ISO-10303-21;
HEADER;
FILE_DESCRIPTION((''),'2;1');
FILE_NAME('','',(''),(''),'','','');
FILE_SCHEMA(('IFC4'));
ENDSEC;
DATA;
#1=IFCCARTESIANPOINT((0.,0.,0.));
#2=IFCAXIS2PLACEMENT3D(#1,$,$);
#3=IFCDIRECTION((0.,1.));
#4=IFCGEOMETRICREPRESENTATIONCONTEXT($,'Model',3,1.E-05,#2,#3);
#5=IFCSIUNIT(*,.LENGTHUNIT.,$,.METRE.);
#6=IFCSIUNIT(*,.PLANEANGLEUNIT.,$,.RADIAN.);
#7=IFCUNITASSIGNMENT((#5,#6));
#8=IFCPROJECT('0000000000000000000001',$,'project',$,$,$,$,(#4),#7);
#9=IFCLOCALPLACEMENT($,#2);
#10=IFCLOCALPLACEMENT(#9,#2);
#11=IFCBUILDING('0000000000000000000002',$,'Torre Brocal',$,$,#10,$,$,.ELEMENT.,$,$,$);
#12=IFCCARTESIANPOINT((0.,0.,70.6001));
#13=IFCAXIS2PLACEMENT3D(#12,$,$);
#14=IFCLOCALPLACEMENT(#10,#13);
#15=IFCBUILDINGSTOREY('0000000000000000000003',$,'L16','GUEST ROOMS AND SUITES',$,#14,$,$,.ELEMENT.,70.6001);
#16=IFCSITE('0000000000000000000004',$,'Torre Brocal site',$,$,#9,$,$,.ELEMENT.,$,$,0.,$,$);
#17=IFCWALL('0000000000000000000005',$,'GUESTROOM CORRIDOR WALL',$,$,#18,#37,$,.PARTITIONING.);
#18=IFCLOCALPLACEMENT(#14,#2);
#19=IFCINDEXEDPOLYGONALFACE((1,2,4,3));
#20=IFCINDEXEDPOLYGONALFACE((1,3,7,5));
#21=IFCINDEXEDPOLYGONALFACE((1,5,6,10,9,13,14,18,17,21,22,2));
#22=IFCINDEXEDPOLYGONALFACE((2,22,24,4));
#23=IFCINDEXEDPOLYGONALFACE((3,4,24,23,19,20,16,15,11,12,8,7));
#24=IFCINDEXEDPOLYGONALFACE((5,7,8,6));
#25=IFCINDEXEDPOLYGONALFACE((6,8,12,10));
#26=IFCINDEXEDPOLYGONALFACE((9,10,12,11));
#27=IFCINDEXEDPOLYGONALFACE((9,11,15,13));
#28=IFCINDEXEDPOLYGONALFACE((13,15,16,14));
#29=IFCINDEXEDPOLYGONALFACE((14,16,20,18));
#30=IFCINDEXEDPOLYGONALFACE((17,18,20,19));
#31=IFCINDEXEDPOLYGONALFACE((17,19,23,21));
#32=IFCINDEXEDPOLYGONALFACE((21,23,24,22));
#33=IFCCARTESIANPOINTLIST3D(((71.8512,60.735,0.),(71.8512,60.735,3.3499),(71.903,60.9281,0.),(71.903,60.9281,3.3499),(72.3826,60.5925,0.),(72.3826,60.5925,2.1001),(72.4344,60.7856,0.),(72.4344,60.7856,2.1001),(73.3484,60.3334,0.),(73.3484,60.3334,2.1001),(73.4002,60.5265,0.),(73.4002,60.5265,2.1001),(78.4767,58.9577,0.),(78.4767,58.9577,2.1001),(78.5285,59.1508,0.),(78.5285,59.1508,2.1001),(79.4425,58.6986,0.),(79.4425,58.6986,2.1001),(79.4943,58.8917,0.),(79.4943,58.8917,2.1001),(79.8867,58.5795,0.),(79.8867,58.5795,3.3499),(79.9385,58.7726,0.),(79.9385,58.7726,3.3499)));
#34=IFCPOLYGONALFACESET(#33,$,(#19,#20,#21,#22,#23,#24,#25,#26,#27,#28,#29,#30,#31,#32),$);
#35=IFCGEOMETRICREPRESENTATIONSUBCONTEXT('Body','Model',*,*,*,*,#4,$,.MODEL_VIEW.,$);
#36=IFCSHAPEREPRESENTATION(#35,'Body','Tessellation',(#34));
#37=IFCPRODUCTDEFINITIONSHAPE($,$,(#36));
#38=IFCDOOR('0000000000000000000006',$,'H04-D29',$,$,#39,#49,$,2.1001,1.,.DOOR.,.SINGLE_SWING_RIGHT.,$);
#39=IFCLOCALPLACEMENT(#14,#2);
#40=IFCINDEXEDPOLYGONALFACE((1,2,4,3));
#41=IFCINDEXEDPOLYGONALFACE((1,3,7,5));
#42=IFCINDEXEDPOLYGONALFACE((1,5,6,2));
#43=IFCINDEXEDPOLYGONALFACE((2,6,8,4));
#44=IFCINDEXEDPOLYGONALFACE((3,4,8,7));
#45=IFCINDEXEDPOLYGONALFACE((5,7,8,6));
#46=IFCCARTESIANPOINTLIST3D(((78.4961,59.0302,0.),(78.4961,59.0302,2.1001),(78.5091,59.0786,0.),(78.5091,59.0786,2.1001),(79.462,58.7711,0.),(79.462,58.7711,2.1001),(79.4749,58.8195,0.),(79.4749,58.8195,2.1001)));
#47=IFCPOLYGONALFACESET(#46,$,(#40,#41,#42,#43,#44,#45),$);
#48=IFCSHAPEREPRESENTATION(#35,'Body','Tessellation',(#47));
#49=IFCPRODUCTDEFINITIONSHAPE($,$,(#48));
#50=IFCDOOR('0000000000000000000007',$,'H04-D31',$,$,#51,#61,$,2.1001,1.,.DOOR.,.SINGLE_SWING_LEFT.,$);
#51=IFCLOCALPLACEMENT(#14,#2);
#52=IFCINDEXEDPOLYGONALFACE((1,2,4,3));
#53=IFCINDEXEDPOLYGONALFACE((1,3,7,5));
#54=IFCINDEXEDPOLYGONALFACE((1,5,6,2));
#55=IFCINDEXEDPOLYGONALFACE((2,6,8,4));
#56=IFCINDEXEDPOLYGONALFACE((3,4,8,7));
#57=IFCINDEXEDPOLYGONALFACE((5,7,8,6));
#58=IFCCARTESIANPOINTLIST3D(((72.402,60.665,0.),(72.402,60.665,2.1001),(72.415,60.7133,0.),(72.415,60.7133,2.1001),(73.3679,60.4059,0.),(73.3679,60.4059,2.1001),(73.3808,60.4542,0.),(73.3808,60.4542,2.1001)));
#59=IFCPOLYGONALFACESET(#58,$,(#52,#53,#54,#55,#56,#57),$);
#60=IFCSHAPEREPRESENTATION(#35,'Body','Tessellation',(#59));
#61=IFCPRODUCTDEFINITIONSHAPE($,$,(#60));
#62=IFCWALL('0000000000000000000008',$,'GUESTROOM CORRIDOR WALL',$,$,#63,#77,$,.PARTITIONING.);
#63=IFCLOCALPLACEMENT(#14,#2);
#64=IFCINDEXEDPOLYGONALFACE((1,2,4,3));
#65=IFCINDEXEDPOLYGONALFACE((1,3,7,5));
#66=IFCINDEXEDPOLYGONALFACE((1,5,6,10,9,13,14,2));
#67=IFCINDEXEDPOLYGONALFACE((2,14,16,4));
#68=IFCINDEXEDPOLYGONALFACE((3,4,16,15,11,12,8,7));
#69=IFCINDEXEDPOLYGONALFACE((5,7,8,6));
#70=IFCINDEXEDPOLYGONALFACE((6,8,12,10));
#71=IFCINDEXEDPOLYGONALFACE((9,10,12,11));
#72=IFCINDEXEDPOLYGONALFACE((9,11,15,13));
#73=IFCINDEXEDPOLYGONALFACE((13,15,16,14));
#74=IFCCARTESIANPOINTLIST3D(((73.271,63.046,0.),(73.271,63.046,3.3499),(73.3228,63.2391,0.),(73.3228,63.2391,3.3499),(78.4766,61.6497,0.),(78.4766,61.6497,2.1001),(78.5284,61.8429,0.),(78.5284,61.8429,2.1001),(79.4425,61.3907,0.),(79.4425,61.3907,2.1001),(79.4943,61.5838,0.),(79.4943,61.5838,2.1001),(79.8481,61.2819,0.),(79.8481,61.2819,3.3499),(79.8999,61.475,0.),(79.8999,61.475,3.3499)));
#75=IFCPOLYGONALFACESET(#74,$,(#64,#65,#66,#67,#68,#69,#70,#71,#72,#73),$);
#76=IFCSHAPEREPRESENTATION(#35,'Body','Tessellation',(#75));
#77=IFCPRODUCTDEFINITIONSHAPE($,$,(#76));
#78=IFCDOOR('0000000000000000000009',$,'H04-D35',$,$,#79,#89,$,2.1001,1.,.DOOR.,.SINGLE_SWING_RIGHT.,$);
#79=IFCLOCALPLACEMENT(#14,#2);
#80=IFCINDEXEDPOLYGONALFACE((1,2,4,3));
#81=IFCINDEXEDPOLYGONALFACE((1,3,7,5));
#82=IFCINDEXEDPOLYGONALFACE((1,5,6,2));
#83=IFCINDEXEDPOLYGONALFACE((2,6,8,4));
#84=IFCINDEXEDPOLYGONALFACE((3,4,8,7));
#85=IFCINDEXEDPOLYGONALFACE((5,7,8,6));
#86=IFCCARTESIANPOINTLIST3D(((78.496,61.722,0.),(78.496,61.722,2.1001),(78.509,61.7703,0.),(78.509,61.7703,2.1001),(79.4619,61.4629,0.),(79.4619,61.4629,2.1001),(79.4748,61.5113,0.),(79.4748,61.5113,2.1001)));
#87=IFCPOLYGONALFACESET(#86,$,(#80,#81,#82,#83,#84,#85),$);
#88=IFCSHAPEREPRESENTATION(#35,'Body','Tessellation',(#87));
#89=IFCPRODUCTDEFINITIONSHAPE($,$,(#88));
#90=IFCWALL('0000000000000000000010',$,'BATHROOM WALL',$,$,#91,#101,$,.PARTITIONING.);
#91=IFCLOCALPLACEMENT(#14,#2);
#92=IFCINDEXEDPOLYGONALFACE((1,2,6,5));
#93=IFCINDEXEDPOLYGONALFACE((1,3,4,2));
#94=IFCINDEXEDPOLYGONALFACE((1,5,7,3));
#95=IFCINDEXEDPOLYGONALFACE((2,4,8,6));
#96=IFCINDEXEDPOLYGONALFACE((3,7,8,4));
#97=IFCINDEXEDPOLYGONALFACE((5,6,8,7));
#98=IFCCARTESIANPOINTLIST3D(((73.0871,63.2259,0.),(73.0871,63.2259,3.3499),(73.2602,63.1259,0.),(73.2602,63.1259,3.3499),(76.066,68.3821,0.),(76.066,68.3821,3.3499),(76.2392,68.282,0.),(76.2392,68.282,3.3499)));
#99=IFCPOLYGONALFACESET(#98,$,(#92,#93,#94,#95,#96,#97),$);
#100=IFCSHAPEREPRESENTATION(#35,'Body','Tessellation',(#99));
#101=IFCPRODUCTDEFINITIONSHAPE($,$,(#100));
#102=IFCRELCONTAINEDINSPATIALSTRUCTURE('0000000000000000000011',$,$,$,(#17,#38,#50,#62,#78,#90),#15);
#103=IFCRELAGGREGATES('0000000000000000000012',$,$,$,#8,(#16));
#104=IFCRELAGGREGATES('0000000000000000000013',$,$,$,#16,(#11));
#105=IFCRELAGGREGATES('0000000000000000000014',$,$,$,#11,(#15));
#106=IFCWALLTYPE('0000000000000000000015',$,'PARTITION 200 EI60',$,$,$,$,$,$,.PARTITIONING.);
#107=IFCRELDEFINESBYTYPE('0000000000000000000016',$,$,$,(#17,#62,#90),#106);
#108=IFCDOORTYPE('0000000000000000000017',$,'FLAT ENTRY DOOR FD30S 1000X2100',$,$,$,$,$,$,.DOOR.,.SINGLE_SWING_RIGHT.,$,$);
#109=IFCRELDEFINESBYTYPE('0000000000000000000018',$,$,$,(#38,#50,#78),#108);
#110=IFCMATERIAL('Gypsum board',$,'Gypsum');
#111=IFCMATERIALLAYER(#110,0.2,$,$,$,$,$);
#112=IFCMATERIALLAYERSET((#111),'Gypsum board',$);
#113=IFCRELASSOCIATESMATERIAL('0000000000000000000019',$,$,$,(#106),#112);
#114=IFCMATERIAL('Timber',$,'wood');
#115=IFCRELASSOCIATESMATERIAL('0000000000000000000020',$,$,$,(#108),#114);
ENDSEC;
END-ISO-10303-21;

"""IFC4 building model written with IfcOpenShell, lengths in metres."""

from ifc_helpers import new_model, si_unit, direction, frame, frame_2d, origin, place, context, subcontext, project, spatial, rectangle, extrude, material, layer, layer_set, type_object, element, fill, save


model = new_model("IFC4")

# Units and contexts
model_context = context("Model", 3, precision=1e-05, world=origin(), true_north=direction((0.0, 1.0)))
body_context = subcontext(model_context, "Body", "Model", "MODEL_VIEW")
ifc_project = project(units=[si_unit("LENGTHUNIT", "METRE"), si_unit("PLANEANGLEUNIT", "RADIAN")], contexts=[model_context])

# Site, building, storey
site_placement = place(None, origin())
site = spatial("IfcSite", under=ifc_project, at=site_placement, Name="Torre Brocal site", CompositionType="ELEMENT", RefElevation=0.0)
building_placement = place(site_placement, origin())
building = spatial("IfcBuilding", under=site, at=building_placement, Name="Torre Brocal", CompositionType="ELEMENT")
storey_placement = place(building_placement, frame((0.0, 0.0, 70.6001)))
storey = spatial("IfcBuildingStorey", under=building, at=storey_placement, Name="L16", Description="GUEST ROOMS AND SUITES", CompositionType="ELEMENT", Elevation=70.6001)

# Shared definitions
ifc_material_1 = material(Name="Gypsum board", Category="Gypsum")
ifc_layer_1 = layer(ifc_material_1, 0.2)
ifc_layer_set_1 = layer_set([ifc_layer_1], Name="Gypsum board")
wall_type_1 = type_object("IfcWallType", Name="PARTITION 200 EI60", PredefinedType="PARTITIONING", material=ifc_layer_set_1)
ifc_material_2 = material(Name="Timber", Category="wood")
door_type_1 = type_object("IfcDoorType", Name="FLAT ENTRY DOOR FD30S 1000X2100", OperationType="SINGLE_SWING_RIGHT", PredefinedType="DOOR", material=ifc_material_2)

# Wall, openings, doors
wall_1_placement = place(storey_placement, frame((71.8772, 60.8315, 0.0), z_axis=(0.0, 0.0, 1.0), x_axis=(0.965853, -0.259093, 0.0)))
wall_1 = element("IfcWall", 1, at=wall_1_placement, inside=storey, type_object=wall_type_1, Name="GUESTROOM CORRIDOR WALL", PredefinedType="PARTITIONING", context=body_context, shape_type="SweptSolid", body=[
    extrude(rectangle(XDim=8.3196, YDim=0.2, at=frame_2d((4.1597, 0.0))), origin(), (0.0, 0.0, 1.0), 3.3499),
])
opening_1_placement = place(wall_1_placement, frame((6.8596, 0.0, 0.0)))
opening_1 = element("IfcOpeningElement", 2, at=opening_1_placement, cuts=wall_1, PredefinedType="OPENING", context=body_context, shape_type="SweptSolid", body=[
    extrude(rectangle(XDim=1.0, YDim=2.1001, at=frame_2d((0.5, 1.05))), frame((0.0, 0.1099, 0.0), z_axis=(0.0, -1.0, 0.0), x_axis=(1.0, 0.0, 0.0)), (0.0, 0.0, 1.0), 0.22),
])
opening_2_placement = place(wall_1_placement, frame((0.55, 0.0, 0.0)))
opening_2 = element("IfcOpeningElement", 3, at=opening_2_placement, cuts=wall_1, PredefinedType="OPENING", context=body_context, shape_type="SweptSolid", body=[
    extrude(rectangle(XDim=1.0, YDim=2.1001, at=frame_2d((0.5, 1.05))), frame((0.0, 0.1099, 0.0), z_axis=(0.0, -1.0, 0.0), x_axis=(1.0, 0.0, 0.0)), (0.0, 0.0, 1.0), 0.22),
])
door_1_placement = place(opening_1_placement, frame((1.0, 0.0, 0.0), z_axis=(0.0, 0.0, 1.0), x_axis=(-1.0, 0.0, 0.0)))
door_1 = element("IfcDoor", 4, at=door_1_placement, inside=storey, type_object=door_type_1, Name="H04-D29", OperationType="SINGLE_SWING_RIGHT", OverallHeight=2.1001, OverallWidth=1.0, PredefinedType="DOOR", context=body_context, shape_type="SweptSolid", body=[
    extrude(rectangle(XDim=1.0, YDim=2.1001, at=frame_2d((0.5, 1.05))), frame((0.0, 0.0249, 0.0), z_axis=(0.0, -1.0, 0.0), x_axis=(1.0, 0.0, 0.0)), (0.0, 0.0, 1.0), 0.05),
])
fill(opening_1, door_1)
door_2_placement = place(opening_2_placement, frame((1.0, 0.0, 0.0), z_axis=(0.0, 0.0, 1.0), x_axis=(-1.0, 0.0, 0.0)))
door_2 = element("IfcDoor", 5, at=door_2_placement, inside=storey, type_object=door_type_1, Name="H04-D31", OperationType="SINGLE_SWING_LEFT", OverallHeight=2.1001, OverallWidth=1.0, PredefinedType="DOOR", context=body_context, shape_type="SweptSolid", body=[
    extrude(rectangle(XDim=1.0, YDim=2.1001, at=frame_2d((0.5, 1.05))), frame((0.0, 0.0249, 0.0), z_axis=(0.0, -1.0, 0.0), x_axis=(1.0, 0.0, 0.0)), (0.0, 0.0, 1.0), 0.05),
])
fill(opening_2, door_2)

# Wall, opening, door
wall_2_placement = place(storey_placement, frame((73.2969, 63.1426, 0.0), z_axis=(0.0, 0.0, 1.0), x_axis=(0.965859, -0.259068, 0.0)))
wall_2 = element("IfcWall", 6, at=wall_2_placement, inside=storey, type_object=wall_type_1, Name="GUESTROOM CORRIDOR WALL", PredefinedType="PARTITIONING", context=body_context, shape_type="SweptSolid", body=[
    extrude(rectangle(XDim=6.8096, YDim=0.2, at=frame_2d((3.4048, 0.0))), origin(), (0.0, 0.0, 1.0), 3.3499),
])
opening_3_placement = place(wall_2_placement, frame((5.3896, 0.0, 0.0)))
opening_3 = element("IfcOpeningElement", 7, at=opening_3_placement, cuts=wall_2, PredefinedType="OPENING", context=body_context, shape_type="SweptSolid", body=[
    extrude(rectangle(XDim=1.0, YDim=2.1001, at=frame_2d((0.5, 1.05))), frame((0.0, 0.1099, 0.0), z_axis=(0.0, -1.0, 0.0), x_axis=(1.0, 0.0, 0.0)), (0.0, 0.0, 1.0), 0.22),
])
door_3_placement = place(opening_3_placement, origin())
door_3 = element("IfcDoor", 8, at=door_3_placement, inside=storey, type_object=door_type_1, Name="H04-D35", OperationType="SINGLE_SWING_RIGHT", OverallHeight=2.1001, OverallWidth=1.0, PredefinedType="DOOR", context=body_context, shape_type="SweptSolid", body=[
    extrude(rectangle(XDim=1.0, YDim=2.1001, at=frame_2d((0.5, 1.05))), frame((0.0, 0.0249, 0.0), z_axis=(0.0, -1.0, 0.0), x_axis=(1.0, 0.0, 0.0)), (0.0, 0.0, 1.0), 0.05),
])
fill(opening_3, door_3)

# Wall
wall_3_placement = place(storey_placement, frame((73.1736, 63.1758, 0.0), z_axis=(0.0, 0.0, 1.0), x_axis=(0.500257, 0.865877, 0.0)))
element("IfcWall", 9, at=wall_3_placement, inside=storey, type_object=wall_type_1, Name="BATHROOM WALL", PredefinedType="PARTITIONING", context=body_context, shape_type="SweptSolid", body=[
    extrude(rectangle(XDim=5.9548, YDim=0.2, at=frame_2d((2.9775, 0.0))), origin(), (0.0, 0.0, 1.0), 3.3499),
])

save(model, "model.ifc")
